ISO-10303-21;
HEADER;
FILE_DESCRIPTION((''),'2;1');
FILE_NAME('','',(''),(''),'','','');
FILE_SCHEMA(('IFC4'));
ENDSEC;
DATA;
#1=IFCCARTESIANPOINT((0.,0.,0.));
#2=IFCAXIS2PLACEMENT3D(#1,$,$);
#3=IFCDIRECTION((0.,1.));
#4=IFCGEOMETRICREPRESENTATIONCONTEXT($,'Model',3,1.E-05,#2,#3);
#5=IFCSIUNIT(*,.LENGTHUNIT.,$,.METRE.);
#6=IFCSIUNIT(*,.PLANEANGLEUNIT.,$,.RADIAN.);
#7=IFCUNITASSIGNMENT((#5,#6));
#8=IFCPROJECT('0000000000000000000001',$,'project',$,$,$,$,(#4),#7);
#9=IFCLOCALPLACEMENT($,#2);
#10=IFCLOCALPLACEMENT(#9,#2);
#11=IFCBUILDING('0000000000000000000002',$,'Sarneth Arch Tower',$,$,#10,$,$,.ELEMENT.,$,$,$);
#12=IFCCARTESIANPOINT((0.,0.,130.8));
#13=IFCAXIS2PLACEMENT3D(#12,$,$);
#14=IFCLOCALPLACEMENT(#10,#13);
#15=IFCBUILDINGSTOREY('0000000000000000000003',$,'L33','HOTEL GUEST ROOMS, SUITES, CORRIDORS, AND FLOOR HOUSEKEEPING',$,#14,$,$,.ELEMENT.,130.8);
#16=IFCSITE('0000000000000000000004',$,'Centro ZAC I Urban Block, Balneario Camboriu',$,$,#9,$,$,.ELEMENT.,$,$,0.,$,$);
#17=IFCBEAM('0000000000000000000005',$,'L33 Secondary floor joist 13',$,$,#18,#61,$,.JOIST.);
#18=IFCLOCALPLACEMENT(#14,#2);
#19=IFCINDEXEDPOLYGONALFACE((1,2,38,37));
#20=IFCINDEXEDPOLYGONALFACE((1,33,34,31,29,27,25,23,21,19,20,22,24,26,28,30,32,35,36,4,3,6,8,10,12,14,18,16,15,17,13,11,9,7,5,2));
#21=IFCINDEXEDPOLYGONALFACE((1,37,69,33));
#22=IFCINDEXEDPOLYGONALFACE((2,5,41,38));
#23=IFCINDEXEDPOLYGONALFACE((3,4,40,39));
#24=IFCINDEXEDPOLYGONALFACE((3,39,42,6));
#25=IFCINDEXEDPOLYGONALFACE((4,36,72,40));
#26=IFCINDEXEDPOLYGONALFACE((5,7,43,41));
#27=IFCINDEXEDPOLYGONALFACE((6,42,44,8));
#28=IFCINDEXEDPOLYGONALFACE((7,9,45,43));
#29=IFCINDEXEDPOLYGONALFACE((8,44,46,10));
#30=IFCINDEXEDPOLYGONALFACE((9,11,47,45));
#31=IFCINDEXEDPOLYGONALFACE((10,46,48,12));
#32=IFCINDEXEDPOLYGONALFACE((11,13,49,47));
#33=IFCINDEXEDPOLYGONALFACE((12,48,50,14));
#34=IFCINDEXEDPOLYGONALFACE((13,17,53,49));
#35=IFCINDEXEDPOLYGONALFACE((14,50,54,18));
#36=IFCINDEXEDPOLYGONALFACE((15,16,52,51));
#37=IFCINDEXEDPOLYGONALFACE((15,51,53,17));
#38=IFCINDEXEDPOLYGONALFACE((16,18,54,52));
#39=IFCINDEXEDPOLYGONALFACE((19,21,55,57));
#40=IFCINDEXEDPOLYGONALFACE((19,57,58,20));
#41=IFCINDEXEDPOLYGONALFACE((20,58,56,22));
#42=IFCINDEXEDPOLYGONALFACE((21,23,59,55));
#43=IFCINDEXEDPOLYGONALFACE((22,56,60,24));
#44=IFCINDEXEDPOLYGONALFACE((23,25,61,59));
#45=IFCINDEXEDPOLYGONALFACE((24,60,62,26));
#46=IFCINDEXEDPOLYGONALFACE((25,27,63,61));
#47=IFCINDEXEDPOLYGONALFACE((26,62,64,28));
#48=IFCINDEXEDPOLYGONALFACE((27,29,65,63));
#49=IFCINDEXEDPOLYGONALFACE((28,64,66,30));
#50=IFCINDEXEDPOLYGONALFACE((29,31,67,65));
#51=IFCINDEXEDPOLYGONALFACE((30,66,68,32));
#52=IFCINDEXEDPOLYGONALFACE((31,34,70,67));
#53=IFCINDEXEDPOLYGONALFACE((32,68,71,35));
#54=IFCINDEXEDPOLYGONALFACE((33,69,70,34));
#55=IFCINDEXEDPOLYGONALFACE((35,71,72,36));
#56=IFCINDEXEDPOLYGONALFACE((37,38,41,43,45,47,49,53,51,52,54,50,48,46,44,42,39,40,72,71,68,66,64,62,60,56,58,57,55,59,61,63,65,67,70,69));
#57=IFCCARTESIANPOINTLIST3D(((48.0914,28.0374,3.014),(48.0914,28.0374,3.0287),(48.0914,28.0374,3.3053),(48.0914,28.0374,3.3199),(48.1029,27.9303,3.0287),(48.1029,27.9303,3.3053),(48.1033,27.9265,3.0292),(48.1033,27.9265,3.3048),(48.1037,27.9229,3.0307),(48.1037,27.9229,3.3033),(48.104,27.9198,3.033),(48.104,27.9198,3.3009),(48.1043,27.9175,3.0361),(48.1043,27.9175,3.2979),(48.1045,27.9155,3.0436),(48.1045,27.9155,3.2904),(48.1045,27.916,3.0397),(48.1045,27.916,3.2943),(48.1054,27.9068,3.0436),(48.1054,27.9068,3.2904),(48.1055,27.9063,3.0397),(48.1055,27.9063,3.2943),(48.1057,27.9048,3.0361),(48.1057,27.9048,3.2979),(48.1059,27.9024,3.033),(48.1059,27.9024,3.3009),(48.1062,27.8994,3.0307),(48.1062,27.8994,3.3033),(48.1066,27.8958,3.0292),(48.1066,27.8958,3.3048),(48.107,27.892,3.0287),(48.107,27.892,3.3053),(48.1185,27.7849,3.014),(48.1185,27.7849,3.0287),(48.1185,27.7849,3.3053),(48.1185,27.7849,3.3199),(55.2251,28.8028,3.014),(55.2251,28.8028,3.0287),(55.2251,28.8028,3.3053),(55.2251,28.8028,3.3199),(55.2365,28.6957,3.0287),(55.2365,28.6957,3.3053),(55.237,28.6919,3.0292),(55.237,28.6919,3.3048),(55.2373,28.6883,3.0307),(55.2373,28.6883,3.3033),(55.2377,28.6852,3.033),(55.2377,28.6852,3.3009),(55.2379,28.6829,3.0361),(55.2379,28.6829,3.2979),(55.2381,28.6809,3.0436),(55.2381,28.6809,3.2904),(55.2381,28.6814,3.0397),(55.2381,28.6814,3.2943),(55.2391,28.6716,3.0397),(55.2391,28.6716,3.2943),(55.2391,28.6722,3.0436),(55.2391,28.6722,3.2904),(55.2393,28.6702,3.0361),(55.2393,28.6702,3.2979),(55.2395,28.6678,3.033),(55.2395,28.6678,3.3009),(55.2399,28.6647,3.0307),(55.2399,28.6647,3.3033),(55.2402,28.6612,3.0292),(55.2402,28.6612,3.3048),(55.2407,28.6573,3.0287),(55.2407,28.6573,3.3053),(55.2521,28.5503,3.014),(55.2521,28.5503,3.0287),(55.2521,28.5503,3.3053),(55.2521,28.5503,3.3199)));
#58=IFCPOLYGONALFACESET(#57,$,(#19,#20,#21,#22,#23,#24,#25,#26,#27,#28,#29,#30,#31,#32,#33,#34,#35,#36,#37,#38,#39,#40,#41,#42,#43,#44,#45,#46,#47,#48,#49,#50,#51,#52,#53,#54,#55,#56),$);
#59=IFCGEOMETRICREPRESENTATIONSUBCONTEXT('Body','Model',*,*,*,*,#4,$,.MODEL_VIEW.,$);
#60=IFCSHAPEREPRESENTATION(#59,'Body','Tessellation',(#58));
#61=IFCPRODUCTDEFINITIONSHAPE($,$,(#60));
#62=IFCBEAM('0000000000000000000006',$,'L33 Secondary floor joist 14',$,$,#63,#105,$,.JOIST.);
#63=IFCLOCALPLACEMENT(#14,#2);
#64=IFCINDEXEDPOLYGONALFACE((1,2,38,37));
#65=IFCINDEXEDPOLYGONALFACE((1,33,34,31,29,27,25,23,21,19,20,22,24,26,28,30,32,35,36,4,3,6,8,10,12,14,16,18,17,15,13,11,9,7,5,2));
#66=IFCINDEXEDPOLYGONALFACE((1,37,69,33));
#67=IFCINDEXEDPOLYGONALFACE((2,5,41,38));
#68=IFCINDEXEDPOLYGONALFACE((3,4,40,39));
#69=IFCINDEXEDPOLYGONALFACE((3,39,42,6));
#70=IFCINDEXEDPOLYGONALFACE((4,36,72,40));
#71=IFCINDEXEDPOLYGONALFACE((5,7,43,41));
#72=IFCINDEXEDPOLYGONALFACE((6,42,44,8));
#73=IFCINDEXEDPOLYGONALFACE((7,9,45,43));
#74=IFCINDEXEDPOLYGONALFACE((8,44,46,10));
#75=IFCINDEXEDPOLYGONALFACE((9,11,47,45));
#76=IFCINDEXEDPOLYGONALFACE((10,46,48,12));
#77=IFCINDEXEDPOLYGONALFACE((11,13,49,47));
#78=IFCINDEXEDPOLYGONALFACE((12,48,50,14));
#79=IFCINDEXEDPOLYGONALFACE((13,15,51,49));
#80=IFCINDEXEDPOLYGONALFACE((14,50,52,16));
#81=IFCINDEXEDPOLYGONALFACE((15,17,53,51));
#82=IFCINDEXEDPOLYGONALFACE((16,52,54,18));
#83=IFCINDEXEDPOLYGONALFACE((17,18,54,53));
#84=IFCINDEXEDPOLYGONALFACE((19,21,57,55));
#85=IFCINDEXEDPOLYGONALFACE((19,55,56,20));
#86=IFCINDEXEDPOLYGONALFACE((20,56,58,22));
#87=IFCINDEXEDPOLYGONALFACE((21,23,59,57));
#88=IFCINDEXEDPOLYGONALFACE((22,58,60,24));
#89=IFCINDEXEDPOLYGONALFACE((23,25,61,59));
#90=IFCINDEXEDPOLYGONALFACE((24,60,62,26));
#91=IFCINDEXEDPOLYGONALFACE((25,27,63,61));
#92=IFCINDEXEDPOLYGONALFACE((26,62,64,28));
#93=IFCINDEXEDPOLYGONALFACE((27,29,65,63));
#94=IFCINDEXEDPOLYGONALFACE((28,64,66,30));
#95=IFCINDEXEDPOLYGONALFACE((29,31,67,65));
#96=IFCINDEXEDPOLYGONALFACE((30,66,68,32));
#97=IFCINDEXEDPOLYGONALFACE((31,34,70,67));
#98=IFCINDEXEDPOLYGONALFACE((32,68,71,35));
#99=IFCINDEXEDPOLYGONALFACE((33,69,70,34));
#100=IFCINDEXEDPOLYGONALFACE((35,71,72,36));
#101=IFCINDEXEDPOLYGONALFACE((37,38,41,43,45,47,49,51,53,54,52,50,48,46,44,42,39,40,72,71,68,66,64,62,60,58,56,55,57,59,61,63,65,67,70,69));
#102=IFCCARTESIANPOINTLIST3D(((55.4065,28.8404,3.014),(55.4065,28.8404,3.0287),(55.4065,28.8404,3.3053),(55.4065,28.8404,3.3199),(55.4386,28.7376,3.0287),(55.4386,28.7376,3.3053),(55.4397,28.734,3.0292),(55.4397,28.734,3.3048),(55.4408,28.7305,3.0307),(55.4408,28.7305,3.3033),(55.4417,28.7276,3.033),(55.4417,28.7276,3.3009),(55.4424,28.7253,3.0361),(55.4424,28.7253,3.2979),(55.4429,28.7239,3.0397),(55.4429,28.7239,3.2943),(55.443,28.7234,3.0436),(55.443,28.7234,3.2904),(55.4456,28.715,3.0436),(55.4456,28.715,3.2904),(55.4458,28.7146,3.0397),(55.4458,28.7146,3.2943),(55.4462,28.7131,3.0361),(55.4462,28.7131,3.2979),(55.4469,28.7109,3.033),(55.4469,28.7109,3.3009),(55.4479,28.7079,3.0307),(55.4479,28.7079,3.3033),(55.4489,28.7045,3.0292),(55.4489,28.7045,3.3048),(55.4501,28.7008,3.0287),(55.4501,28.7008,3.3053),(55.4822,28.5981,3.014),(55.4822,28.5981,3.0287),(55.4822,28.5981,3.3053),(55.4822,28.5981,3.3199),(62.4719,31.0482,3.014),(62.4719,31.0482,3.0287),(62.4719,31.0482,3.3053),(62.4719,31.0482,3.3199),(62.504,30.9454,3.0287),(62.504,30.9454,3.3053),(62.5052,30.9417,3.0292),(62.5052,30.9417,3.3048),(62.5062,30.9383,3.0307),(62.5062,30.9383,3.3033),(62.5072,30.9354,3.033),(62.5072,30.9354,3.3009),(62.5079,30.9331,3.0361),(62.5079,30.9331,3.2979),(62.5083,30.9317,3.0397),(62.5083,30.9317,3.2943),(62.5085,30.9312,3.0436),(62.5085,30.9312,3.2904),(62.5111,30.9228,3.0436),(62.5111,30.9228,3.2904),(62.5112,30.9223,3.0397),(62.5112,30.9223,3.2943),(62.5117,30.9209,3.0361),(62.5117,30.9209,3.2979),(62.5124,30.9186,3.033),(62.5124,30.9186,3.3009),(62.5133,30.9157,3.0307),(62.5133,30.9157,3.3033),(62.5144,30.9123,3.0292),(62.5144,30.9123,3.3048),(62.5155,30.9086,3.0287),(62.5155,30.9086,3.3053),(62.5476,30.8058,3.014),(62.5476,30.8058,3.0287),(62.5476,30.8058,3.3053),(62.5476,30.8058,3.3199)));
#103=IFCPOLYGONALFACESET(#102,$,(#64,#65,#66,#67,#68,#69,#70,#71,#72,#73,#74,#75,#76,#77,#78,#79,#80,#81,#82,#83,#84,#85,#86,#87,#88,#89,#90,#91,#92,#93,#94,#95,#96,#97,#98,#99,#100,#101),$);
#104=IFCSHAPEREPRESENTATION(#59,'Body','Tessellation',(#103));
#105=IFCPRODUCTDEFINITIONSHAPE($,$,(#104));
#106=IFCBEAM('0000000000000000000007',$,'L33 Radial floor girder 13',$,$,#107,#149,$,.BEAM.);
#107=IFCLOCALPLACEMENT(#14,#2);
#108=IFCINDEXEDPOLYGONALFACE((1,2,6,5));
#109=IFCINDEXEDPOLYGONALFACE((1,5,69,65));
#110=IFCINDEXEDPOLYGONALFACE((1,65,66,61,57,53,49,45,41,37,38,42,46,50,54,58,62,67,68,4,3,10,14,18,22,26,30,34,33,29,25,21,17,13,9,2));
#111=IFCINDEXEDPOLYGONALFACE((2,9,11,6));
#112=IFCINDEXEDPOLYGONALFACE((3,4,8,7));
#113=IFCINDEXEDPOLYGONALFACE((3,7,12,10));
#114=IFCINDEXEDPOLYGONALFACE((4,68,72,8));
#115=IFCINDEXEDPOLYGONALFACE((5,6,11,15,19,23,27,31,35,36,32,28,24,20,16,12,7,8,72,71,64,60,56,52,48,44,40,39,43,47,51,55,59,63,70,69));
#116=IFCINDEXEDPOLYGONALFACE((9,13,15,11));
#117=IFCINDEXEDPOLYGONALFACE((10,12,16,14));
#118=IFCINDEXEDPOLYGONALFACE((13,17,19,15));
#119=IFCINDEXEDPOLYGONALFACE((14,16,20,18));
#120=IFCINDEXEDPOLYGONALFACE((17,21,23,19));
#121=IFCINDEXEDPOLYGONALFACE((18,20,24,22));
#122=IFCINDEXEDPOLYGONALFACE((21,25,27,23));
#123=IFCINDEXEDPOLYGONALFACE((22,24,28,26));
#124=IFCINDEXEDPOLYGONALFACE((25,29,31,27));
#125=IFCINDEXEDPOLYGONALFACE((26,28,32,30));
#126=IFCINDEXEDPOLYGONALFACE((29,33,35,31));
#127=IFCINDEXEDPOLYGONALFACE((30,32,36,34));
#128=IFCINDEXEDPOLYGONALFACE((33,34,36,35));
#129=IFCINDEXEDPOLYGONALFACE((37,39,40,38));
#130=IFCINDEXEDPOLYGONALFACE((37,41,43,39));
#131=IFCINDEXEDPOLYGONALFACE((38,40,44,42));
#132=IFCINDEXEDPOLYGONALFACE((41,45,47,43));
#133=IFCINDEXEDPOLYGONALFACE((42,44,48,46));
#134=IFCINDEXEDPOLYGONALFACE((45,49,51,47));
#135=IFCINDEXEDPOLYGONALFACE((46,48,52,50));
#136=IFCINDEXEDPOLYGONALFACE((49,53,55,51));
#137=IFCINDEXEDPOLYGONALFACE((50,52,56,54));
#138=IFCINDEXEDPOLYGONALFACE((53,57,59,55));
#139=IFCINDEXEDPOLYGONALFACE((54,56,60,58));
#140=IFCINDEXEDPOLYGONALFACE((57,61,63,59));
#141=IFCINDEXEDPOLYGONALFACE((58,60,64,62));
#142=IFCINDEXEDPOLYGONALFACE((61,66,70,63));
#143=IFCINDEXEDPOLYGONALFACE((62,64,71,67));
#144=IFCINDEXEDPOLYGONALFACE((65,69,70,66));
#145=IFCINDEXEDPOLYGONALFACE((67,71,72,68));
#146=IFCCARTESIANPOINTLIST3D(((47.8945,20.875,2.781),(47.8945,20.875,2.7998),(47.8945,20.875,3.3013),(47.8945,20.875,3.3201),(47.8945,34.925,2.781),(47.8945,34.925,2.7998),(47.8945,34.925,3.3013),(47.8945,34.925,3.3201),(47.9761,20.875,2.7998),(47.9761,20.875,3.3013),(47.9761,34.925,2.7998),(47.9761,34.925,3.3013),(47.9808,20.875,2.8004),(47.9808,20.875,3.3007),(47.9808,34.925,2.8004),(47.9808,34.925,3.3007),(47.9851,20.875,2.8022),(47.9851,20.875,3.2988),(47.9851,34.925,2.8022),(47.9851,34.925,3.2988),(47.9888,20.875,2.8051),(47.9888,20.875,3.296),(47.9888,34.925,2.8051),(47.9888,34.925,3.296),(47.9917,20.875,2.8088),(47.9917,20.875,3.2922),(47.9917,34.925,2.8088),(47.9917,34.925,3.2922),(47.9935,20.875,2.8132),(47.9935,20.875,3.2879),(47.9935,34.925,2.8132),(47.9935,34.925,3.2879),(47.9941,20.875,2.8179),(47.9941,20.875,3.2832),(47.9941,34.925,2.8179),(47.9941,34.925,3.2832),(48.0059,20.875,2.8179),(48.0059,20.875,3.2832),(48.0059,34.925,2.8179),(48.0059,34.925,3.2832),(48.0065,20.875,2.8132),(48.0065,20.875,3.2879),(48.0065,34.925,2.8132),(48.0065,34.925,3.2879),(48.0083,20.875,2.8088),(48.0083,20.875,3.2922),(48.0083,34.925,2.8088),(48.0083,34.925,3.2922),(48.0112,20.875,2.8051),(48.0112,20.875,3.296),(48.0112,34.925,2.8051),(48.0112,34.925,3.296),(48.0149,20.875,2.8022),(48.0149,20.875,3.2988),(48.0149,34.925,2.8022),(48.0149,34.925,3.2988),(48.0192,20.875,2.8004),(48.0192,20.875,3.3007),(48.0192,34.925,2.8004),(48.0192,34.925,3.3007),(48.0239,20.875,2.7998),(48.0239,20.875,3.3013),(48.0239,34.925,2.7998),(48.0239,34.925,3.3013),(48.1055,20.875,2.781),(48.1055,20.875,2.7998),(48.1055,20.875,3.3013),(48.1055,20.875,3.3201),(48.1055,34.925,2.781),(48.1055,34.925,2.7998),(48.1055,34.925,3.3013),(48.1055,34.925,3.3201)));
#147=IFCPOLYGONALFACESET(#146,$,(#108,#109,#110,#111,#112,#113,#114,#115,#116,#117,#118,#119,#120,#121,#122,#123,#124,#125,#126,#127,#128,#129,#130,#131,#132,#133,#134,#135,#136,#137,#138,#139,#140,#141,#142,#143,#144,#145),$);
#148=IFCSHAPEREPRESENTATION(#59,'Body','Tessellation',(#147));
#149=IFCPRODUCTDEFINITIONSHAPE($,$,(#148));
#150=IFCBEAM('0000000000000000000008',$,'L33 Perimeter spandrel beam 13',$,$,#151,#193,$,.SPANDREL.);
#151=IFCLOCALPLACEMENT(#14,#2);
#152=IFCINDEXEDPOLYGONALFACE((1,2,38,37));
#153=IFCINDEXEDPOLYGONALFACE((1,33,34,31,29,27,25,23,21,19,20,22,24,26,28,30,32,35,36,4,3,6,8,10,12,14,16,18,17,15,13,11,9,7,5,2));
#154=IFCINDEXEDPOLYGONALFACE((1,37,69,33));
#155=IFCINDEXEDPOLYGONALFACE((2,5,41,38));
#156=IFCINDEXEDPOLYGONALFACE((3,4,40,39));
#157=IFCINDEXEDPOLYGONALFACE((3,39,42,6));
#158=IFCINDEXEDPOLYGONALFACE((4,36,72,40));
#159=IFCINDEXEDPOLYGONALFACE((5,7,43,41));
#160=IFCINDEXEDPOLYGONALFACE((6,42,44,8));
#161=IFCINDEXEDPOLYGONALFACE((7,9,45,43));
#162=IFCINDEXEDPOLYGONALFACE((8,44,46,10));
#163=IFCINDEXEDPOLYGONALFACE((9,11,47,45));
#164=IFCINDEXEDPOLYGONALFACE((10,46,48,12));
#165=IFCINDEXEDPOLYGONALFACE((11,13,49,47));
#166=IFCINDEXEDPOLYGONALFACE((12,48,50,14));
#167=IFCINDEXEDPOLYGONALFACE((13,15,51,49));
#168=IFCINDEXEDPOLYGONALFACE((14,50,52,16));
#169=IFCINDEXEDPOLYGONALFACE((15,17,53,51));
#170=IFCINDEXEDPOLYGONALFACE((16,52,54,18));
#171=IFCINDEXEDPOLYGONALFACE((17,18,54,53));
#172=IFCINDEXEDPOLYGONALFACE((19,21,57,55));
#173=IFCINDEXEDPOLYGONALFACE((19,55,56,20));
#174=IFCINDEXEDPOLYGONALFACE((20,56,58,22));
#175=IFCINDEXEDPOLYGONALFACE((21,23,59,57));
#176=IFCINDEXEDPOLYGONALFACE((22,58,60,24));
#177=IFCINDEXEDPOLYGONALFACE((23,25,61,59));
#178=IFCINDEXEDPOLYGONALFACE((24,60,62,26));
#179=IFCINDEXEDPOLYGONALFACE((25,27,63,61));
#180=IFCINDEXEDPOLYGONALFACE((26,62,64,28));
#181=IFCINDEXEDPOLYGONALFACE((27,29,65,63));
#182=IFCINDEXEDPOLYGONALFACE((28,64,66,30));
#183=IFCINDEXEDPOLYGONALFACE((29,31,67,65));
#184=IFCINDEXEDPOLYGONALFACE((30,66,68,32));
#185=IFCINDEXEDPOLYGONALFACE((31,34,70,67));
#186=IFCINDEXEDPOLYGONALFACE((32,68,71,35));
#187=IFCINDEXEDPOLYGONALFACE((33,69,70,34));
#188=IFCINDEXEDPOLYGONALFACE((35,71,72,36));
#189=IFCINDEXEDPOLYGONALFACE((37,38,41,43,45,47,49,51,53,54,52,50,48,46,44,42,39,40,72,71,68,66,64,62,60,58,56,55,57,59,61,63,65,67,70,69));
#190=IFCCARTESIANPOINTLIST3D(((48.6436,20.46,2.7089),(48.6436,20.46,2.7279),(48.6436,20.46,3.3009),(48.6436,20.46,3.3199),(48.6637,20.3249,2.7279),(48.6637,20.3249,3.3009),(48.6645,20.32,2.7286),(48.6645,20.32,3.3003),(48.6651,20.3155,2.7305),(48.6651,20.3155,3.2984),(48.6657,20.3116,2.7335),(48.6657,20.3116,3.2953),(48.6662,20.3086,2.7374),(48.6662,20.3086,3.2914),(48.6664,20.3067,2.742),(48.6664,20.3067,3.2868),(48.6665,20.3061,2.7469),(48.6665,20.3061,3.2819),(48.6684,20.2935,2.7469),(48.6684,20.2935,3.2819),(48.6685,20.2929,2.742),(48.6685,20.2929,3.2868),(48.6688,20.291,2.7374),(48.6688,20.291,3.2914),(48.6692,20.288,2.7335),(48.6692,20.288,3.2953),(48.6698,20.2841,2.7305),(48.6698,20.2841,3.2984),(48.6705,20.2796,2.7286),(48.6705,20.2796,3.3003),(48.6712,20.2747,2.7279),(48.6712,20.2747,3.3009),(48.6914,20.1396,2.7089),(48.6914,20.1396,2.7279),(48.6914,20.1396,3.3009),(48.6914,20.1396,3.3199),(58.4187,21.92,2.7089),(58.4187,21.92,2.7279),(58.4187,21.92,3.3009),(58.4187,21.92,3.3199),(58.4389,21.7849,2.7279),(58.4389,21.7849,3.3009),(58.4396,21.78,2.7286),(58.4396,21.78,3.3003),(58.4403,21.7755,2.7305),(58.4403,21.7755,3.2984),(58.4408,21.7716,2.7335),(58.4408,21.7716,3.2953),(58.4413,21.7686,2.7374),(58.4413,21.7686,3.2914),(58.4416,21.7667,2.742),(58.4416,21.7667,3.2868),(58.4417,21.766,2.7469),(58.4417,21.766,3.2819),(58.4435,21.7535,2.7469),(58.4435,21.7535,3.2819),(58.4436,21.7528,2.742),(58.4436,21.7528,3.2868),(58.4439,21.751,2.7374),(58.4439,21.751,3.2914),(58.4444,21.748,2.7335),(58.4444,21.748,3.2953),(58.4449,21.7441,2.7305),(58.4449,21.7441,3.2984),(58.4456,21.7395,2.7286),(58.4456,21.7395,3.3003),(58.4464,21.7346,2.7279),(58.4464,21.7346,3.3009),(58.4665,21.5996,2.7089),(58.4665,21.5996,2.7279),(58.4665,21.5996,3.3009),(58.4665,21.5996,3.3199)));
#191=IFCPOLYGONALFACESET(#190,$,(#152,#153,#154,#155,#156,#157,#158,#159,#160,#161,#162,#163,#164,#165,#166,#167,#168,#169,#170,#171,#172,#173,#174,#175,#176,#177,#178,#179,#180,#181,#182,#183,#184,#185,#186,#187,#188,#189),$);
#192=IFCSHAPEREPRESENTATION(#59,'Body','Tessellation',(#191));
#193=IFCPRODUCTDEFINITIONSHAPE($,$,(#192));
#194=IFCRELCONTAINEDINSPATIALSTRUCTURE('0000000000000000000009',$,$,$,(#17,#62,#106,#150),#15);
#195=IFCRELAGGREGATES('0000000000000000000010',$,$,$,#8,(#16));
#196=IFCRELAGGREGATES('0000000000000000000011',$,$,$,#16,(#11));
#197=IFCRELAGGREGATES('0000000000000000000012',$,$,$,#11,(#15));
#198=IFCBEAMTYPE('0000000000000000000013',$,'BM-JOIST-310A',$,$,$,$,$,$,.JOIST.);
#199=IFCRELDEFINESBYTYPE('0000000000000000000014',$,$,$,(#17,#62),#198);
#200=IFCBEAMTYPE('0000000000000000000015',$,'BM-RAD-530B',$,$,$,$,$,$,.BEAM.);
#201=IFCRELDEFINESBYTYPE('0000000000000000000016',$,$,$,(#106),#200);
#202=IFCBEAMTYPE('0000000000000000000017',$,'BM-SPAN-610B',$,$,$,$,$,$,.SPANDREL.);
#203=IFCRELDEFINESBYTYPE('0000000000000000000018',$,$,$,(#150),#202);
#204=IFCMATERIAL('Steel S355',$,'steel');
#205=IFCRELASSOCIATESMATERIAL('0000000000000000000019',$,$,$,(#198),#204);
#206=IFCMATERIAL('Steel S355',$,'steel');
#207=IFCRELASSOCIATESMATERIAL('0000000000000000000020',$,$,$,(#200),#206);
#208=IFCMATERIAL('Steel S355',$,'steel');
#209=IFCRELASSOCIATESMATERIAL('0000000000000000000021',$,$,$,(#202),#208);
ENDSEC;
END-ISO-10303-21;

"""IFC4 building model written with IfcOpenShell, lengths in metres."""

from ifc_helpers import new_model, si_unit, direction, frame, origin, origin_2d, place, context, subcontext, project, spatial, i_section, extrude, material, material_profile, profile_set, type_object, element, save


model = new_model("IFC4")

# Units and contexts
model_context = context("Model", 3, precision=1e-05, world=origin(), true_north=direction((0.0, 1.0)))
body_context = subcontext(model_context, "Body", "Model", "MODEL_VIEW")
ifc_project = project(units=[si_unit("LENGTHUNIT", "METRE"), si_unit("PLANEANGLEUNIT", "RADIAN")], contexts=[model_context])

# Site, building, storey
site_placement = place(None, origin())
site = spatial("IfcSite", under=ifc_project, at=site_placement, Name="Centro ZAC I Urban Block, Balneario Camboriu", CompositionType="ELEMENT", RefElevation=0.0)
building_placement = place(site_placement, origin())
building = spatial("IfcBuilding", under=site, at=building_placement, Name="Sarneth Arch Tower", CompositionType="ELEMENT")
storey_placement = place(building_placement, frame((0.0, 0.0, 130.8)))
storey = spatial("IfcBuildingStorey", under=building, at=storey_placement, Name="L33", Description="HOTEL GUEST ROOMS, SUITES, CORRIDORS, AND FLOOR HOUSEKEEPING", CompositionType="ELEMENT", Elevation=130.8)

# Beams
ifc_material_1 = material(Name="Steel S355", Category="steel")
ifc_material_profile_1 = material_profile(ifc_material_1, i_section(OverallWidth=0.2539, OverallDepth=0.3059, WebThickness=0.0088, FlangeThickness=0.0146, FilletRadius=0.0149, at=origin_2d()), Name="W310x79")
ifc_profile_set_1 = profile_set([ifc_material_profile_1], Name="Steel S355")
beam_type_1 = type_object("IfcBeamType", Name="BM-JOIST-310A", PredefinedType="JOIST", material=ifc_profile_set_1)
beam_1_placement = place(storey_placement, frame((48.105, 27.9111, 3.167), z_axis=(0.994293, 0.106681, 0.0), x_axis=(-0.106681, 0.994293, 0.0)))
element("IfcBeam", 1, at=beam_1_placement, inside=storey, type_object=beam_type_1, Name="L33 Secondary floor joist 13", PredefinedType="JOIST", context=body_context, shape_type="SweptSolid", body=[
    extrude(i_section(OverallWidth=0.2539, OverallDepth=0.3059, WebThickness=0.0088, FlangeThickness=0.0146, FilletRadius=0.0149, at=origin_2d()), origin(), (0.0, 0.0, 1.0), 7.1746),
])
beam_2_placement = place(storey_placement, frame((55.4443, 28.7192, 3.167), z_axis=(0.954487, 0.298252, 0.0), x_axis=(-0.298252, 0.954487, 0.0)))
element("IfcBeam", 2, at=beam_2_placement, inside=storey, type_object=beam_type_1, Name="L33 Secondary floor joist 14", PredefinedType="JOIST", context=body_context, shape_type="SweptSolid", body=[
    extrude(i_section(OverallWidth=0.2539, OverallDepth=0.3059, WebThickness=0.0088, FlangeThickness=0.0146, FilletRadius=0.0149, at=origin_2d()), origin(), (0.0, 0.0, 1.0), 7.4023),
])
ifc_material_2 = material(Name="Steel S355", Category="steel")
ifc_material_profile_2 = material_profile(ifc_material_2, i_section(OverallWidth=0.2109, OverallDepth=0.5391, WebThickness=0.0117, FlangeThickness=0.0188, FilletRadius=0.0181, at=origin_2d()), Name="W530x109")
ifc_profile_set_2 = profile_set([ifc_material_profile_2], Name="Steel S355")
beam_type_2 = type_object("IfcBeamType", Name="BM-RAD-530B", PredefinedType="BEAM", material=ifc_profile_set_2)
beam_3_placement = place(storey_placement, frame((48.0, 34.925, 3.0505), z_axis=(0.0, -1.0, 0.0), x_axis=(1.0, 0.0, 0.0)))
element("IfcBeam", 3, at=beam_3_placement, inside=storey, type_object=beam_type_2, Name="L33 Radial floor girder 13", PredefinedType="BEAM", context=body_context, shape_type="SweptSolid", body=[
    extrude(i_section(OverallWidth=0.2109, OverallDepth=0.5391, WebThickness=0.0117, FlangeThickness=0.0188, FilletRadius=0.0181, at=origin_2d()), origin(), (0.0, 0.0, 1.0), 14.05),
])
ifc_material_3 = material(Name="Steel S355", Category="steel")
ifc_material_profile_3 = material_profile(ifc_material_3, i_section(OverallWidth=0.324, OverallDepth=0.6111, WebThickness=0.0127, FlangeThickness=0.019, FilletRadius=0.019, at=origin_2d()), Name="W610x155")
ifc_profile_set_3 = profile_set([ifc_material_profile_3], Name="Steel S355")
beam_type_3 = type_object("IfcBeamType", Name="BM-SPAN-610B", PredefinedType="SPANDREL", material=ifc_profile_set_3)
beam_4_placement = place(storey_placement, frame((48.6675, 20.2998, 3.0144), z_axis=(0.98903, 0.147716, 0.0), x_axis=(-0.147716, 0.98903, 0.0)))
element("IfcBeam", 4, at=beam_4_placement, inside=storey, type_object=beam_type_3, Name="L33 Perimeter spandrel beam 13", PredefinedType="SPANDREL", context=body_context, shape_type="SweptSolid", body=[
    extrude(i_section(OverallWidth=0.324, OverallDepth=0.6111, WebThickness=0.0127, FlangeThickness=0.019, FilletRadius=0.019, at=origin_2d()), origin(), (0.0, 0.0, 1.0), 9.8835),
])

save(model, "model.ifc")
